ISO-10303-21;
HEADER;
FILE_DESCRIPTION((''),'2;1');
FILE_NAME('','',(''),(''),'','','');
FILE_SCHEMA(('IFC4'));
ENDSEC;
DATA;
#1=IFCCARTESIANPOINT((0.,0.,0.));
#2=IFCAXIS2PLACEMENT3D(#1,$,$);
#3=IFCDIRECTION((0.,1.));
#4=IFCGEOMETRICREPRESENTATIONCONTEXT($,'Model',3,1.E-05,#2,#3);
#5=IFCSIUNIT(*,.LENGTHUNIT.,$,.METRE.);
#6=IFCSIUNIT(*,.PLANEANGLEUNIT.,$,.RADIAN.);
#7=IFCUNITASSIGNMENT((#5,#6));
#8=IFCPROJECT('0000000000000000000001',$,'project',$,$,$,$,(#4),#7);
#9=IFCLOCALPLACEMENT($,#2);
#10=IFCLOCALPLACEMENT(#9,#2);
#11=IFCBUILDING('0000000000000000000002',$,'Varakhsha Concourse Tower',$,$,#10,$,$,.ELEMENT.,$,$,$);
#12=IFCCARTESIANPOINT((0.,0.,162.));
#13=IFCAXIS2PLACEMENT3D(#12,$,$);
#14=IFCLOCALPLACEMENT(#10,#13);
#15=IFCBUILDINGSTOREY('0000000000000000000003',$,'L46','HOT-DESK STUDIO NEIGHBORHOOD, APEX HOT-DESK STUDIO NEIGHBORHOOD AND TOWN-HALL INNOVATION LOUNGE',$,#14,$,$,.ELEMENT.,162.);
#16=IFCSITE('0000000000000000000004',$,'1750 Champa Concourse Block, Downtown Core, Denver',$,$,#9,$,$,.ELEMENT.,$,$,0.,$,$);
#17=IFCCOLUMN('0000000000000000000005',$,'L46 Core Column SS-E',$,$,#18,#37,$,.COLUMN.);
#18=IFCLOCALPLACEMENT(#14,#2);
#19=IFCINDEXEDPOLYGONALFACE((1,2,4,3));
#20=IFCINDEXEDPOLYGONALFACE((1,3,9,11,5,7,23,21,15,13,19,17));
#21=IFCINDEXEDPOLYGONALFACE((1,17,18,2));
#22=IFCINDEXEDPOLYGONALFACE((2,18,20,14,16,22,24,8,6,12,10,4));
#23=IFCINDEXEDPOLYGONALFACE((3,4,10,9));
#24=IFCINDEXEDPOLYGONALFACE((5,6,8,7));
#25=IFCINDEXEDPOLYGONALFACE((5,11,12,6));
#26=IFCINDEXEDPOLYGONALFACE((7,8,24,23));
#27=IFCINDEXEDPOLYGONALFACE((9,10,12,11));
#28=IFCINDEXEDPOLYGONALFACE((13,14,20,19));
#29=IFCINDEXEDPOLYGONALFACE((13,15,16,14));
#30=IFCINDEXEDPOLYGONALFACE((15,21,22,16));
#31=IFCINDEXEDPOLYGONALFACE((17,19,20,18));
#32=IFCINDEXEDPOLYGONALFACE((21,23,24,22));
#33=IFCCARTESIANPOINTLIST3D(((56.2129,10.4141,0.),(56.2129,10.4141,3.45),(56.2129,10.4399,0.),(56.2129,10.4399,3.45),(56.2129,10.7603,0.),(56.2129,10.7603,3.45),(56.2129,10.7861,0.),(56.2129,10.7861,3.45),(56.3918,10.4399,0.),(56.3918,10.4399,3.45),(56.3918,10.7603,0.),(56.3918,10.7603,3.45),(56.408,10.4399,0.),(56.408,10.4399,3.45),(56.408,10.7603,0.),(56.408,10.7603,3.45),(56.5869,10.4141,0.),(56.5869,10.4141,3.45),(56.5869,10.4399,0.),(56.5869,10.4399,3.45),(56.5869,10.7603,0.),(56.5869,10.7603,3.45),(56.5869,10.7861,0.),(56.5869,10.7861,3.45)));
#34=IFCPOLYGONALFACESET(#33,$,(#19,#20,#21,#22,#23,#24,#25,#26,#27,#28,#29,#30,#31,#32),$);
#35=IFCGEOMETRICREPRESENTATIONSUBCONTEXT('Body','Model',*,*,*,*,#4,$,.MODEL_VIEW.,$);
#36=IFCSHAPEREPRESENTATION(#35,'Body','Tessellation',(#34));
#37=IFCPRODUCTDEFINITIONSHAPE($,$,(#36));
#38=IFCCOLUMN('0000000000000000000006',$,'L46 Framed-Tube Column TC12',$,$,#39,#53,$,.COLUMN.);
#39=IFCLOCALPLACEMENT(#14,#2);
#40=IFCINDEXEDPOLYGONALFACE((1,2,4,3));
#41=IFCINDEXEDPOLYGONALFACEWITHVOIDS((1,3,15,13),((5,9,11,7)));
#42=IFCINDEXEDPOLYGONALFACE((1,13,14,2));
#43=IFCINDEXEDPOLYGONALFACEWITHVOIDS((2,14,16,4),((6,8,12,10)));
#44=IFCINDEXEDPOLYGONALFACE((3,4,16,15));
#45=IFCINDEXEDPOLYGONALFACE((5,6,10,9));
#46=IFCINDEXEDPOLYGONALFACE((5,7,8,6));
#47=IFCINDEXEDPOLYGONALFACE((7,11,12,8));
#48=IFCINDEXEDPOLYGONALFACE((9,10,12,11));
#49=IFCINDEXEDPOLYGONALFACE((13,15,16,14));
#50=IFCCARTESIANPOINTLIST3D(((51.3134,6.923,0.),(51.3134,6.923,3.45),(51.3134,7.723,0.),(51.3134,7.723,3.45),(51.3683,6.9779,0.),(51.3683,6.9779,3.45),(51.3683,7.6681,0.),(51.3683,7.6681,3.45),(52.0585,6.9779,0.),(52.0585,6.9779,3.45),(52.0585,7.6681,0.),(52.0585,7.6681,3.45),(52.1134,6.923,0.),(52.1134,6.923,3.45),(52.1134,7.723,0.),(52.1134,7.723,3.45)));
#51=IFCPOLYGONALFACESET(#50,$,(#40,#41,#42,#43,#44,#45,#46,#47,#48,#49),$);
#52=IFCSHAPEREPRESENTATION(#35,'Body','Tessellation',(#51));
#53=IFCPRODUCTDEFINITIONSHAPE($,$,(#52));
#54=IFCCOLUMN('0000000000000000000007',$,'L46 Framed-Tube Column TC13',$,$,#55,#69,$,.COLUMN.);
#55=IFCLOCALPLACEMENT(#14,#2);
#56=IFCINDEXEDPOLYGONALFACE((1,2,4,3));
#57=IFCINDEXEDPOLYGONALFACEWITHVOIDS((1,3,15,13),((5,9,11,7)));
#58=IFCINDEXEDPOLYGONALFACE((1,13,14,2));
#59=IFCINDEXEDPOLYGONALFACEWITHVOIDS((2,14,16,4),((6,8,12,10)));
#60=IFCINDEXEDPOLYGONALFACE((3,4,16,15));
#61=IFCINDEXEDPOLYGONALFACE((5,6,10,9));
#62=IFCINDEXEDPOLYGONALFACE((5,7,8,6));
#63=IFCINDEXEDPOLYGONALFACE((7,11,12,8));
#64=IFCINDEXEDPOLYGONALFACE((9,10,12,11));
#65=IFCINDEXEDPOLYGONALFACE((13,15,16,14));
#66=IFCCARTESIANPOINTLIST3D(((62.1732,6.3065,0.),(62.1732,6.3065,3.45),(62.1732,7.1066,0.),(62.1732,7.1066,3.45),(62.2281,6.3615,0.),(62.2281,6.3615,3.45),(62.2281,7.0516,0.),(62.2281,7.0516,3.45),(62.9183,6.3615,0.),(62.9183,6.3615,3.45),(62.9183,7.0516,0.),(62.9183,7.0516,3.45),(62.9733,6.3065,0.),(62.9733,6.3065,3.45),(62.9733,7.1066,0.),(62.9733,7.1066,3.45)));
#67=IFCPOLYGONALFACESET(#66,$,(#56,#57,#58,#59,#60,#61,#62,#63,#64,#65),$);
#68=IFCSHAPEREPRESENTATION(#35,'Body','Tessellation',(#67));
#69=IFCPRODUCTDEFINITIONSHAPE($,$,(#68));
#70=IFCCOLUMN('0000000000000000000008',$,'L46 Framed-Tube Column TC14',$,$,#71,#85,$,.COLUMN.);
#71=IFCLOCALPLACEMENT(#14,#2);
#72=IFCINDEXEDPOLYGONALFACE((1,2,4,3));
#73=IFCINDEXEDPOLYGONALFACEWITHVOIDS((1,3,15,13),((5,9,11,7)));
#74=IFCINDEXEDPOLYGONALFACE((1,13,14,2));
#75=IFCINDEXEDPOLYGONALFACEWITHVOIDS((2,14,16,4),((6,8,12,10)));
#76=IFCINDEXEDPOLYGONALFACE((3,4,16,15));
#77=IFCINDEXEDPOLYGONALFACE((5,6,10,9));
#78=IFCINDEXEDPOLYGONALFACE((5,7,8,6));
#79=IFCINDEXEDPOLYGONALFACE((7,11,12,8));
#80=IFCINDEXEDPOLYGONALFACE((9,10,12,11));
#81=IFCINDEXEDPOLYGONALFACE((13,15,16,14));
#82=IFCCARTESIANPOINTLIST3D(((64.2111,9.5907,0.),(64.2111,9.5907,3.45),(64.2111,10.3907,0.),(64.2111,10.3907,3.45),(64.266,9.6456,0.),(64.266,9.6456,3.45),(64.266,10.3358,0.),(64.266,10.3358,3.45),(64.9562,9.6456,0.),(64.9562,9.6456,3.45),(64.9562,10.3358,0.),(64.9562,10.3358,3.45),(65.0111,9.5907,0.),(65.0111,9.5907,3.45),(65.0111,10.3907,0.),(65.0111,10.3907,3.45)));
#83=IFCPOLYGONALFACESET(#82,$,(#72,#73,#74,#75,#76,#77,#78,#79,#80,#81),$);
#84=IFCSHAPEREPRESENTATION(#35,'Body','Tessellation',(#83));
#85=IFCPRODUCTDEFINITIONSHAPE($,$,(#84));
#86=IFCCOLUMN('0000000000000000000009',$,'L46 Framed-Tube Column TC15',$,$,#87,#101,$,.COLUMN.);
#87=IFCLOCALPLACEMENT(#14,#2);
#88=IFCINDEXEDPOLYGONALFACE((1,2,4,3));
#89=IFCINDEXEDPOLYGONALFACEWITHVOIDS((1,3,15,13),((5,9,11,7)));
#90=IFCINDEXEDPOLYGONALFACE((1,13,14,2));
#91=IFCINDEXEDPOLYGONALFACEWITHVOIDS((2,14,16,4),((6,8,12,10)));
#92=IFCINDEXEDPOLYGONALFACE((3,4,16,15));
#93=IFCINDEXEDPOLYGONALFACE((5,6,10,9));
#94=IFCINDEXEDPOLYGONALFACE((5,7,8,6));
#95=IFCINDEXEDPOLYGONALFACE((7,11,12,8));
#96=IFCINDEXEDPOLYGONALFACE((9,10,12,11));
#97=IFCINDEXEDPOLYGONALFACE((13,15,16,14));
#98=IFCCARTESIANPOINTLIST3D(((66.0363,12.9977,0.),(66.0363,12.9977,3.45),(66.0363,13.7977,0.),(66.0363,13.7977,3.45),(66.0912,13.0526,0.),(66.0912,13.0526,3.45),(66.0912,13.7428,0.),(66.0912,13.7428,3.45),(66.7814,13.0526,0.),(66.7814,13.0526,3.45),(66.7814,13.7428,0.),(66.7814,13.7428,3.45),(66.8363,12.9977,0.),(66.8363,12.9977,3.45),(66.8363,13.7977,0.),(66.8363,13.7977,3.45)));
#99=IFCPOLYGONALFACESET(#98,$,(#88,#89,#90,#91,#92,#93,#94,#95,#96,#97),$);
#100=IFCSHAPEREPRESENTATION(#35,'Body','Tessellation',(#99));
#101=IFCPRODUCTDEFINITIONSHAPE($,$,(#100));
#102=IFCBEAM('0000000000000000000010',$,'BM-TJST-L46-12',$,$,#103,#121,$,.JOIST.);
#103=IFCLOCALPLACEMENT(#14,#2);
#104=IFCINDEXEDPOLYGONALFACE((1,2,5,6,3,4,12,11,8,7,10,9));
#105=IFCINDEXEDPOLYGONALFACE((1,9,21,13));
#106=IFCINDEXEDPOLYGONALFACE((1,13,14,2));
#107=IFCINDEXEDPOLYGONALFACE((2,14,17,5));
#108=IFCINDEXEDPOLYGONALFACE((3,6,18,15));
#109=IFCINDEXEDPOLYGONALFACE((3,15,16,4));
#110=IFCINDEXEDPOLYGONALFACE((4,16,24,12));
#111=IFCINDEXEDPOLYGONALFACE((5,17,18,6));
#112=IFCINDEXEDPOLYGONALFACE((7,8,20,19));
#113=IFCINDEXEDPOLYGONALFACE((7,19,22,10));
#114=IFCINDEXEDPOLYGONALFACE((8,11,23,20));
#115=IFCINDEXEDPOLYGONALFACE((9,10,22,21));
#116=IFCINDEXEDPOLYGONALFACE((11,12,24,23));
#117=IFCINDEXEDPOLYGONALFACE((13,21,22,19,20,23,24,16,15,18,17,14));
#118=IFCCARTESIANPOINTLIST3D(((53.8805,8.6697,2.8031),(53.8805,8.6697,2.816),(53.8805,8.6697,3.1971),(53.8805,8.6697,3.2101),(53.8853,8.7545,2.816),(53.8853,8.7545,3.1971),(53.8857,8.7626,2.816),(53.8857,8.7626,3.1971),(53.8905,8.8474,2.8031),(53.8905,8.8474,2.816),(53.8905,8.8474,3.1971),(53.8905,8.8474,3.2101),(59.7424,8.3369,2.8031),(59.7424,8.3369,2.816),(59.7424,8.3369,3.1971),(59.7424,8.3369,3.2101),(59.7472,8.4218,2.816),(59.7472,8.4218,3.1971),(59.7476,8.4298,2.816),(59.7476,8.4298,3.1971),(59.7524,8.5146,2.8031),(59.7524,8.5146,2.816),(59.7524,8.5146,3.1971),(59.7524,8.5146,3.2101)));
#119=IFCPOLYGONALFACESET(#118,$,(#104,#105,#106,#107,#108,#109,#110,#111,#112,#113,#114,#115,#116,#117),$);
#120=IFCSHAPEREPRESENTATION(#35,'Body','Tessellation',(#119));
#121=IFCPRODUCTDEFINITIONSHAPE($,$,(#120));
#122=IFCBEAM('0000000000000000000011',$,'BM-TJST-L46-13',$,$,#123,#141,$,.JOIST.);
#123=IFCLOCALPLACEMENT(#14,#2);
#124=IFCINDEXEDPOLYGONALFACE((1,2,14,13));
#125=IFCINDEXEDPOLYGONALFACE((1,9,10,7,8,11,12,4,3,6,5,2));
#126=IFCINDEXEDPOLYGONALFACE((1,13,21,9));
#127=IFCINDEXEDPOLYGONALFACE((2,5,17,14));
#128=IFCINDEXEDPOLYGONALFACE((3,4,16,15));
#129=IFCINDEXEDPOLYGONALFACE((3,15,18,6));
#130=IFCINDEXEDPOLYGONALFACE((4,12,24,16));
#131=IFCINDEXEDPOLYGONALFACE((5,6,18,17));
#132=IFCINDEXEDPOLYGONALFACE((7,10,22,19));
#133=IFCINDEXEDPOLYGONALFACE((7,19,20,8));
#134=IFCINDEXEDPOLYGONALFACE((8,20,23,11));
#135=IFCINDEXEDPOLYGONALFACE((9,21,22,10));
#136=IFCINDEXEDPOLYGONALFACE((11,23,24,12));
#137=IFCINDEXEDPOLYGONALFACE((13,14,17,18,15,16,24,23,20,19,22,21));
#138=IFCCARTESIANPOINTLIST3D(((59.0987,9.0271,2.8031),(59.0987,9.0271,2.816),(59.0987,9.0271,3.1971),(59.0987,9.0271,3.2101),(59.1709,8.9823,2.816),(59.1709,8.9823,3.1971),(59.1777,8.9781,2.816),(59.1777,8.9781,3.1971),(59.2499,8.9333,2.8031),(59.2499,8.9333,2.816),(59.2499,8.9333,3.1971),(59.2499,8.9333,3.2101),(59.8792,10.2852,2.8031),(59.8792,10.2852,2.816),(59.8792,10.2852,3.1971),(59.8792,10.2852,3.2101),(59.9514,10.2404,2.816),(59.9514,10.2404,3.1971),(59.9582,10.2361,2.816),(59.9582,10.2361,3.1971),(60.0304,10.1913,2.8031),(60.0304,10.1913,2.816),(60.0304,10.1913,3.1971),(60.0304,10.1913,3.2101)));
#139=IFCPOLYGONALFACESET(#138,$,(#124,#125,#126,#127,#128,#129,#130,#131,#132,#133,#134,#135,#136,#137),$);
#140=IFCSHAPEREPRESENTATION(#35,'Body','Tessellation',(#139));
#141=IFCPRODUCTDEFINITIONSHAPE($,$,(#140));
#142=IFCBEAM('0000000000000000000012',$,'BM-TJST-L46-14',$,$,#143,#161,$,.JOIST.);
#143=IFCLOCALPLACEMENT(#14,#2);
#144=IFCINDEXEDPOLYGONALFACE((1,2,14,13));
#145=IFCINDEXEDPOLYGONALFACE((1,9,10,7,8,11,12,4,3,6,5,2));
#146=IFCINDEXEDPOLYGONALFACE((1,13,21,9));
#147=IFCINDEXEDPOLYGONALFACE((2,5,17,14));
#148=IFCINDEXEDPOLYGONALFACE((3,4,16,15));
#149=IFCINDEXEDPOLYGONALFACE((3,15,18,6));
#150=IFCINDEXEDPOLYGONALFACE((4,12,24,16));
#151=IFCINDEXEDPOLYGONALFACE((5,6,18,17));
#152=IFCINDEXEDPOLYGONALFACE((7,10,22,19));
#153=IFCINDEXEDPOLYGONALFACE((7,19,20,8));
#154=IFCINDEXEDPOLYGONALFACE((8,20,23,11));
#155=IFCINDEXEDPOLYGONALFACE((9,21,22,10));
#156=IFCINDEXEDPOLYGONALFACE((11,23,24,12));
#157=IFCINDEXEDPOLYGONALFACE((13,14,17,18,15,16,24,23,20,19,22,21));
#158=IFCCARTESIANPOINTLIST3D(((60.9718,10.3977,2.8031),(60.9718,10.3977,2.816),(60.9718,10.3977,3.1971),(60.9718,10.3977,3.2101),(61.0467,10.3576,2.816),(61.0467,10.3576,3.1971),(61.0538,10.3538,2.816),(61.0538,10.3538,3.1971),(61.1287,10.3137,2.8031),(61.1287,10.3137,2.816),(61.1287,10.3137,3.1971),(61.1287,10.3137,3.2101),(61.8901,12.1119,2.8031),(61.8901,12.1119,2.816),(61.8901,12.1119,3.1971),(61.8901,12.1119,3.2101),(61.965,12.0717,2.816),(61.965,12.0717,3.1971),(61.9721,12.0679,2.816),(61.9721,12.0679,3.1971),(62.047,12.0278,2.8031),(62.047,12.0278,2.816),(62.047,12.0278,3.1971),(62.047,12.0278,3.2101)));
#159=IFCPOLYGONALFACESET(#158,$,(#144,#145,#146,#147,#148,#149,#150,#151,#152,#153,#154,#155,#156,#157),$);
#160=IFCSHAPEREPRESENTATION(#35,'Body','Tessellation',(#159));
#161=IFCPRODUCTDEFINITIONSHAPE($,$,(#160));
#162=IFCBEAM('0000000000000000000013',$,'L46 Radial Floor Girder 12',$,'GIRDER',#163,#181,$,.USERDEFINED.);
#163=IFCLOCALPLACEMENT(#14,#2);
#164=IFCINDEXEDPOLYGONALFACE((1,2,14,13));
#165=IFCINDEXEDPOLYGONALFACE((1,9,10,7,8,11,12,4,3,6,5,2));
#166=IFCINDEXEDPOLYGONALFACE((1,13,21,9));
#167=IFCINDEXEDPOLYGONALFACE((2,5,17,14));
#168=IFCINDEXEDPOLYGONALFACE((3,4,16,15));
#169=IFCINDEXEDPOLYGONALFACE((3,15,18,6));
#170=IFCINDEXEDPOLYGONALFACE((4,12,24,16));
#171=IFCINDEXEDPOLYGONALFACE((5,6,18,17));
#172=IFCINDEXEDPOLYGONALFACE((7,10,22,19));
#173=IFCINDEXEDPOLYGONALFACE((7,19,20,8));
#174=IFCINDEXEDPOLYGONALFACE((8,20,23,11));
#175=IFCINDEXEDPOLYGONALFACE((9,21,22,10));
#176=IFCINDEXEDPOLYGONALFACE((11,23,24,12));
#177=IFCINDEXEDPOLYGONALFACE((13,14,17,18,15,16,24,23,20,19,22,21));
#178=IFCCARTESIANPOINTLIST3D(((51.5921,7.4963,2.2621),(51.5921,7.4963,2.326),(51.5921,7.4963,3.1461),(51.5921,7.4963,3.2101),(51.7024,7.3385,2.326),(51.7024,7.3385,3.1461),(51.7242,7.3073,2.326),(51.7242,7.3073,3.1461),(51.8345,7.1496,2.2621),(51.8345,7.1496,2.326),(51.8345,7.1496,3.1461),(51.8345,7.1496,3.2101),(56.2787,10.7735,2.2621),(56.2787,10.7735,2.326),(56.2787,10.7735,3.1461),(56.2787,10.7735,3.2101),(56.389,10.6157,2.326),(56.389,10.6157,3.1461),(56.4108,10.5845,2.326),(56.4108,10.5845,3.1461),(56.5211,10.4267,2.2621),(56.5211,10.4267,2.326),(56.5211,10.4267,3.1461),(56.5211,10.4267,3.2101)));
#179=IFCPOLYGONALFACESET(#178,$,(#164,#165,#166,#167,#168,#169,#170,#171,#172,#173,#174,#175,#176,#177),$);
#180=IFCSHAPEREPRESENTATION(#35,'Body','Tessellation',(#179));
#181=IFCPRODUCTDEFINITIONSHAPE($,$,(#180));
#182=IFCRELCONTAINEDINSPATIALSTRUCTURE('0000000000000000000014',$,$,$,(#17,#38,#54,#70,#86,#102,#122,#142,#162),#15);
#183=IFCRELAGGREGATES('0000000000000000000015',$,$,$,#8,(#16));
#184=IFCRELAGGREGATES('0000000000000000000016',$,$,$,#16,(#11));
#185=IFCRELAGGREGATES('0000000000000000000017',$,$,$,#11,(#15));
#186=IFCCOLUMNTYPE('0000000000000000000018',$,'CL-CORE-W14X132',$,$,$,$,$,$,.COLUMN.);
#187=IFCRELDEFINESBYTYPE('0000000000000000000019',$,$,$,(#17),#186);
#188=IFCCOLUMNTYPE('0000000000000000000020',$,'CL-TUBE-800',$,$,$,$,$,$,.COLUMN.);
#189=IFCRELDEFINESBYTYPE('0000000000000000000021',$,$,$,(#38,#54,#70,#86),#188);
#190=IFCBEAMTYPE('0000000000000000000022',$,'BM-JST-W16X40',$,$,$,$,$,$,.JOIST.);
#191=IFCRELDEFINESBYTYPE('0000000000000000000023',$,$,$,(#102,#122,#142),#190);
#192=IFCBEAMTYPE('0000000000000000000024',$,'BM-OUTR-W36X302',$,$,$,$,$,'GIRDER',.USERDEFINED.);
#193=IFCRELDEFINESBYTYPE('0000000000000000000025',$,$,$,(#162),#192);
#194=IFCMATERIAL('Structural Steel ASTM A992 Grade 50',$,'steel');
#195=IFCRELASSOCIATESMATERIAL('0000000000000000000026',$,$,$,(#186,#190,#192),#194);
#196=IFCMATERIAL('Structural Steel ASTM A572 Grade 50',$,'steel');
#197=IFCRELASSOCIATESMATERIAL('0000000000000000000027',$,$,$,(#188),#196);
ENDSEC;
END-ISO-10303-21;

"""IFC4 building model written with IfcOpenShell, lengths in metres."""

from ifc_helpers import new_model, si_unit, direction, frame, origin, origin_2d, place, context, subcontext, project, spatial, hollow_rectangle, i_section, extrude, material, material_profile, profile_set, type_object, element, save


model = new_model("IFC4")

# Units and contexts
model_context = context("Model", 3, precision=1e-05, world=origin(), true_north=direction((0.0, 1.0)))
body_context = subcontext(model_context, "Body", "Model", "MODEL_VIEW")
ifc_project = project(units=[si_unit("LENGTHUNIT", "METRE"), si_unit("PLANEANGLEUNIT", "RADIAN")], contexts=[model_context])

# Site, building, storey
site_placement = place(None, origin())
site = spatial("IfcSite", under=ifc_project, at=site_placement, Name="1750 Champa Concourse Block, Downtown Core, Denver", CompositionType="ELEMENT", RefElevation=0.0)
building_placement = place(site_placement, origin())
building = spatial("IfcBuilding", under=site, at=building_placement, Name="Varakhsha Concourse Tower", CompositionType="ELEMENT")
storey_placement = place(building_placement, frame((0.0, 0.0, 162.0)))
storey = spatial("IfcBuildingStorey", under=building, at=storey_placement, Name="L46", Description="HOT-DESK STUDIO NEIGHBORHOOD, APEX HOT-DESK STUDIO NEIGHBORHOOD AND TOWN-HALL INNOVATION LOUNGE", CompositionType="ELEMENT", Elevation=162.0)

# Columns
ifc_material_1 = material(Name="Structural Steel ASTM A992 Grade 50", Category="steel")
ifc_material_profile_1 = material_profile(ifc_material_1, i_section(OverallWidth=0.374, OverallDepth=0.3721, WebThickness=0.0161, FlangeThickness=0.0259, at=origin_2d()), Name="W14X132")
ifc_profile_set_1 = profile_set([ifc_material_profile_1], Name="Structural Steel ASTM A992 Grade 50")
column_type_1 = type_object("IfcColumnType", Name="CL-CORE-W14X132", PredefinedType="COLUMN", material=ifc_profile_set_1)
column_placement = place(storey_placement, frame((56.3999, 10.6001, 0.0), z_axis=(0.0, 0.0, 1.0), x_axis=(1.0, 0.0, 0.0)))
element("IfcColumn", 1, at=column_placement, inside=storey, type_object=column_type_1, Name="L46 Core Column SS-E", PredefinedType="COLUMN", context=body_context, shape_type="SweptSolid", body=[
    extrude(i_section(OverallWidth=0.374, OverallDepth=0.3721, WebThickness=0.0161, FlangeThickness=0.0259, at=origin_2d()), origin(), (0.0, 0.0, 1.0), 3.45),
])
ifc_material_2 = material(Name="Structural Steel ASTM A572 Grade 50", Category="steel")
ifc_material_profile_2 = material_profile(ifc_material_2, hollow_rectangle(XDim=0.8, YDim=0.8, WallThickness=0.0549, at=origin_2d()), Name="BOX 800x800x55")
ifc_profile_set_2 = profile_set([ifc_material_profile_2], Name="Structural Steel ASTM A572 Grade 50")
column_type_2 = type_object("IfcColumnType", Name="CL-TUBE-800", PredefinedType="COLUMN", material=ifc_profile_set_2)
for number, where, z_axis, x_axis, name in (
    (2, (51.7134, 7.323, 0.0), (0.0, 0.0, 1.0), (1.0, 0.0, 0.0), "L46 Framed-Tube Column TC12"),
    (3, (62.5732, 6.7065, 0.0), (0.0, 0.0, 1.0), (1.0, 0.0, 0.0), "L46 Framed-Tube Column TC13"),
    (4, (64.6111, 9.9907, 0.0), (0.0, 0.0, 1.0), (1.0, 0.0, 0.0), "L46 Framed-Tube Column TC14"),
    (5, (66.4363, 13.3977, 0.0), (0.0, 0.0, 1.0), (1.0, 0.0, 0.0), "L46 Framed-Tube Column TC15"),
):
    element("IfcColumn", number, at=place(storey_placement, frame(where, z_axis=z_axis, x_axis=x_axis)), inside=storey, type_object=column_type_2, Name=name, PredefinedType="COLUMN", context=body_context, shape_type="SweptSolid", body=[
        extrude(hollow_rectangle(XDim=0.8, YDim=0.8, WallThickness=0.0549, at=origin_2d()), origin(), (0.0, 0.0, 1.0), 3.45),
    ])

# Beams
ifc_material_profile_3 = material_profile(ifc_material_1, i_section(OverallWidth=0.178, OverallDepth=0.407, WebThickness=0.0081, FlangeThickness=0.0129, at=origin_2d()), Name="W16X40")
ifc_profile_set_3 = profile_set([ifc_material_profile_3], Name="Structural Steel ASTM A992 Grade 50")
beam_type_1 = type_object("IfcBeamType", Name="BM-JST-W16X40", PredefinedType="JOIST", material=ifc_profile_set_3)
beam_1_placement = place(storey_placement, frame((53.8855, 8.7585, 3.0066), z_axis=(0.998393, -0.056677, 0.0), x_axis=(0.056677, 0.998393, 0.0)))
element("IfcBeam", 6, at=beam_1_placement, inside=storey, type_object=beam_type_1, Name="BM-TJST-L46-12", PredefinedType="JOIST", context=body_context, shape_type="SweptSolid", body=[
    extrude(i_section(OverallWidth=0.178, OverallDepth=0.407, WebThickness=0.0081, FlangeThickness=0.0129, at=origin_2d()), origin(), (0.0, 0.0, 1.0), 5.8713),
])
beam_2_placement = place(storey_placement, frame((59.1743, 8.9802, 3.0066), z_axis=(0.527195, 0.849745, 0.0), x_axis=(-0.849745, 0.527195, 0.0)))
element("IfcBeam", 7, at=beam_2_placement, inside=storey, type_object=beam_type_1, Name="BM-TJST-L46-13", PredefinedType="JOIST", context=body_context, shape_type="SweptSolid", body=[
    extrude(i_section(OverallWidth=0.178, OverallDepth=0.407, WebThickness=0.0081, FlangeThickness=0.0129, at=origin_2d()), origin(), (0.0, 0.0, 1.0), 1.4805),
])
beam_3_placement = place(storey_placement, frame((61.0503, 10.3557, 3.0066), z_axis=(0.472197, 0.881493, 0.0), x_axis=(-0.881493, 0.472197, 0.0)))
element("IfcBeam", 8, at=beam_3_placement, inside=storey, type_object=beam_type_1, Name="BM-TJST-L46-14", PredefinedType="JOIST", context=body_context, shape_type="SweptSolid", body=[
    extrude(i_section(OverallWidth=0.178, OverallDepth=0.407, WebThickness=0.0081, FlangeThickness=0.0129, at=origin_2d()), origin(), (0.0, 0.0, 1.0), 1.9446),
])
ifc_material_profile_4 = material_profile(ifc_material_1, i_section(OverallWidth=0.4231, OverallDepth=0.948, WebThickness=0.0381, FlangeThickness=0.064, at=origin_2d()), Name="W36X302")
ifc_profile_set_4 = profile_set([ifc_material_profile_4], Name="Structural Steel ASTM A992 Grade 50")
beam_type_2 = type_object("IfcBeamType", Name="BM-OUTR-W36X302", ElementType="GIRDER", PredefinedType="USERDEFINED", material=ifc_profile_set_4)
beam_4_placement = place(storey_placement, frame((56.3999, 10.6001, 2.7361), z_axis=(-0.819517, -0.573055, 0.0), x_axis=(0.573055, -0.819517, 0.0)))
element("IfcBeam", 9, at=beam_4_placement, inside=storey, type_object=beam_type_2, Name="L46 Radial Floor Girder 12", ObjectType="GIRDER", PredefinedType="USERDEFINED", context=body_context, shape_type="SweptSolid", body=[
    extrude(i_section(OverallWidth=0.4231, OverallDepth=0.948, WebThickness=0.0381, FlangeThickness=0.064, at=origin_2d()), origin(), (0.0, 0.0, 1.0), 5.7188),
])

save(model, "model.ifc")
